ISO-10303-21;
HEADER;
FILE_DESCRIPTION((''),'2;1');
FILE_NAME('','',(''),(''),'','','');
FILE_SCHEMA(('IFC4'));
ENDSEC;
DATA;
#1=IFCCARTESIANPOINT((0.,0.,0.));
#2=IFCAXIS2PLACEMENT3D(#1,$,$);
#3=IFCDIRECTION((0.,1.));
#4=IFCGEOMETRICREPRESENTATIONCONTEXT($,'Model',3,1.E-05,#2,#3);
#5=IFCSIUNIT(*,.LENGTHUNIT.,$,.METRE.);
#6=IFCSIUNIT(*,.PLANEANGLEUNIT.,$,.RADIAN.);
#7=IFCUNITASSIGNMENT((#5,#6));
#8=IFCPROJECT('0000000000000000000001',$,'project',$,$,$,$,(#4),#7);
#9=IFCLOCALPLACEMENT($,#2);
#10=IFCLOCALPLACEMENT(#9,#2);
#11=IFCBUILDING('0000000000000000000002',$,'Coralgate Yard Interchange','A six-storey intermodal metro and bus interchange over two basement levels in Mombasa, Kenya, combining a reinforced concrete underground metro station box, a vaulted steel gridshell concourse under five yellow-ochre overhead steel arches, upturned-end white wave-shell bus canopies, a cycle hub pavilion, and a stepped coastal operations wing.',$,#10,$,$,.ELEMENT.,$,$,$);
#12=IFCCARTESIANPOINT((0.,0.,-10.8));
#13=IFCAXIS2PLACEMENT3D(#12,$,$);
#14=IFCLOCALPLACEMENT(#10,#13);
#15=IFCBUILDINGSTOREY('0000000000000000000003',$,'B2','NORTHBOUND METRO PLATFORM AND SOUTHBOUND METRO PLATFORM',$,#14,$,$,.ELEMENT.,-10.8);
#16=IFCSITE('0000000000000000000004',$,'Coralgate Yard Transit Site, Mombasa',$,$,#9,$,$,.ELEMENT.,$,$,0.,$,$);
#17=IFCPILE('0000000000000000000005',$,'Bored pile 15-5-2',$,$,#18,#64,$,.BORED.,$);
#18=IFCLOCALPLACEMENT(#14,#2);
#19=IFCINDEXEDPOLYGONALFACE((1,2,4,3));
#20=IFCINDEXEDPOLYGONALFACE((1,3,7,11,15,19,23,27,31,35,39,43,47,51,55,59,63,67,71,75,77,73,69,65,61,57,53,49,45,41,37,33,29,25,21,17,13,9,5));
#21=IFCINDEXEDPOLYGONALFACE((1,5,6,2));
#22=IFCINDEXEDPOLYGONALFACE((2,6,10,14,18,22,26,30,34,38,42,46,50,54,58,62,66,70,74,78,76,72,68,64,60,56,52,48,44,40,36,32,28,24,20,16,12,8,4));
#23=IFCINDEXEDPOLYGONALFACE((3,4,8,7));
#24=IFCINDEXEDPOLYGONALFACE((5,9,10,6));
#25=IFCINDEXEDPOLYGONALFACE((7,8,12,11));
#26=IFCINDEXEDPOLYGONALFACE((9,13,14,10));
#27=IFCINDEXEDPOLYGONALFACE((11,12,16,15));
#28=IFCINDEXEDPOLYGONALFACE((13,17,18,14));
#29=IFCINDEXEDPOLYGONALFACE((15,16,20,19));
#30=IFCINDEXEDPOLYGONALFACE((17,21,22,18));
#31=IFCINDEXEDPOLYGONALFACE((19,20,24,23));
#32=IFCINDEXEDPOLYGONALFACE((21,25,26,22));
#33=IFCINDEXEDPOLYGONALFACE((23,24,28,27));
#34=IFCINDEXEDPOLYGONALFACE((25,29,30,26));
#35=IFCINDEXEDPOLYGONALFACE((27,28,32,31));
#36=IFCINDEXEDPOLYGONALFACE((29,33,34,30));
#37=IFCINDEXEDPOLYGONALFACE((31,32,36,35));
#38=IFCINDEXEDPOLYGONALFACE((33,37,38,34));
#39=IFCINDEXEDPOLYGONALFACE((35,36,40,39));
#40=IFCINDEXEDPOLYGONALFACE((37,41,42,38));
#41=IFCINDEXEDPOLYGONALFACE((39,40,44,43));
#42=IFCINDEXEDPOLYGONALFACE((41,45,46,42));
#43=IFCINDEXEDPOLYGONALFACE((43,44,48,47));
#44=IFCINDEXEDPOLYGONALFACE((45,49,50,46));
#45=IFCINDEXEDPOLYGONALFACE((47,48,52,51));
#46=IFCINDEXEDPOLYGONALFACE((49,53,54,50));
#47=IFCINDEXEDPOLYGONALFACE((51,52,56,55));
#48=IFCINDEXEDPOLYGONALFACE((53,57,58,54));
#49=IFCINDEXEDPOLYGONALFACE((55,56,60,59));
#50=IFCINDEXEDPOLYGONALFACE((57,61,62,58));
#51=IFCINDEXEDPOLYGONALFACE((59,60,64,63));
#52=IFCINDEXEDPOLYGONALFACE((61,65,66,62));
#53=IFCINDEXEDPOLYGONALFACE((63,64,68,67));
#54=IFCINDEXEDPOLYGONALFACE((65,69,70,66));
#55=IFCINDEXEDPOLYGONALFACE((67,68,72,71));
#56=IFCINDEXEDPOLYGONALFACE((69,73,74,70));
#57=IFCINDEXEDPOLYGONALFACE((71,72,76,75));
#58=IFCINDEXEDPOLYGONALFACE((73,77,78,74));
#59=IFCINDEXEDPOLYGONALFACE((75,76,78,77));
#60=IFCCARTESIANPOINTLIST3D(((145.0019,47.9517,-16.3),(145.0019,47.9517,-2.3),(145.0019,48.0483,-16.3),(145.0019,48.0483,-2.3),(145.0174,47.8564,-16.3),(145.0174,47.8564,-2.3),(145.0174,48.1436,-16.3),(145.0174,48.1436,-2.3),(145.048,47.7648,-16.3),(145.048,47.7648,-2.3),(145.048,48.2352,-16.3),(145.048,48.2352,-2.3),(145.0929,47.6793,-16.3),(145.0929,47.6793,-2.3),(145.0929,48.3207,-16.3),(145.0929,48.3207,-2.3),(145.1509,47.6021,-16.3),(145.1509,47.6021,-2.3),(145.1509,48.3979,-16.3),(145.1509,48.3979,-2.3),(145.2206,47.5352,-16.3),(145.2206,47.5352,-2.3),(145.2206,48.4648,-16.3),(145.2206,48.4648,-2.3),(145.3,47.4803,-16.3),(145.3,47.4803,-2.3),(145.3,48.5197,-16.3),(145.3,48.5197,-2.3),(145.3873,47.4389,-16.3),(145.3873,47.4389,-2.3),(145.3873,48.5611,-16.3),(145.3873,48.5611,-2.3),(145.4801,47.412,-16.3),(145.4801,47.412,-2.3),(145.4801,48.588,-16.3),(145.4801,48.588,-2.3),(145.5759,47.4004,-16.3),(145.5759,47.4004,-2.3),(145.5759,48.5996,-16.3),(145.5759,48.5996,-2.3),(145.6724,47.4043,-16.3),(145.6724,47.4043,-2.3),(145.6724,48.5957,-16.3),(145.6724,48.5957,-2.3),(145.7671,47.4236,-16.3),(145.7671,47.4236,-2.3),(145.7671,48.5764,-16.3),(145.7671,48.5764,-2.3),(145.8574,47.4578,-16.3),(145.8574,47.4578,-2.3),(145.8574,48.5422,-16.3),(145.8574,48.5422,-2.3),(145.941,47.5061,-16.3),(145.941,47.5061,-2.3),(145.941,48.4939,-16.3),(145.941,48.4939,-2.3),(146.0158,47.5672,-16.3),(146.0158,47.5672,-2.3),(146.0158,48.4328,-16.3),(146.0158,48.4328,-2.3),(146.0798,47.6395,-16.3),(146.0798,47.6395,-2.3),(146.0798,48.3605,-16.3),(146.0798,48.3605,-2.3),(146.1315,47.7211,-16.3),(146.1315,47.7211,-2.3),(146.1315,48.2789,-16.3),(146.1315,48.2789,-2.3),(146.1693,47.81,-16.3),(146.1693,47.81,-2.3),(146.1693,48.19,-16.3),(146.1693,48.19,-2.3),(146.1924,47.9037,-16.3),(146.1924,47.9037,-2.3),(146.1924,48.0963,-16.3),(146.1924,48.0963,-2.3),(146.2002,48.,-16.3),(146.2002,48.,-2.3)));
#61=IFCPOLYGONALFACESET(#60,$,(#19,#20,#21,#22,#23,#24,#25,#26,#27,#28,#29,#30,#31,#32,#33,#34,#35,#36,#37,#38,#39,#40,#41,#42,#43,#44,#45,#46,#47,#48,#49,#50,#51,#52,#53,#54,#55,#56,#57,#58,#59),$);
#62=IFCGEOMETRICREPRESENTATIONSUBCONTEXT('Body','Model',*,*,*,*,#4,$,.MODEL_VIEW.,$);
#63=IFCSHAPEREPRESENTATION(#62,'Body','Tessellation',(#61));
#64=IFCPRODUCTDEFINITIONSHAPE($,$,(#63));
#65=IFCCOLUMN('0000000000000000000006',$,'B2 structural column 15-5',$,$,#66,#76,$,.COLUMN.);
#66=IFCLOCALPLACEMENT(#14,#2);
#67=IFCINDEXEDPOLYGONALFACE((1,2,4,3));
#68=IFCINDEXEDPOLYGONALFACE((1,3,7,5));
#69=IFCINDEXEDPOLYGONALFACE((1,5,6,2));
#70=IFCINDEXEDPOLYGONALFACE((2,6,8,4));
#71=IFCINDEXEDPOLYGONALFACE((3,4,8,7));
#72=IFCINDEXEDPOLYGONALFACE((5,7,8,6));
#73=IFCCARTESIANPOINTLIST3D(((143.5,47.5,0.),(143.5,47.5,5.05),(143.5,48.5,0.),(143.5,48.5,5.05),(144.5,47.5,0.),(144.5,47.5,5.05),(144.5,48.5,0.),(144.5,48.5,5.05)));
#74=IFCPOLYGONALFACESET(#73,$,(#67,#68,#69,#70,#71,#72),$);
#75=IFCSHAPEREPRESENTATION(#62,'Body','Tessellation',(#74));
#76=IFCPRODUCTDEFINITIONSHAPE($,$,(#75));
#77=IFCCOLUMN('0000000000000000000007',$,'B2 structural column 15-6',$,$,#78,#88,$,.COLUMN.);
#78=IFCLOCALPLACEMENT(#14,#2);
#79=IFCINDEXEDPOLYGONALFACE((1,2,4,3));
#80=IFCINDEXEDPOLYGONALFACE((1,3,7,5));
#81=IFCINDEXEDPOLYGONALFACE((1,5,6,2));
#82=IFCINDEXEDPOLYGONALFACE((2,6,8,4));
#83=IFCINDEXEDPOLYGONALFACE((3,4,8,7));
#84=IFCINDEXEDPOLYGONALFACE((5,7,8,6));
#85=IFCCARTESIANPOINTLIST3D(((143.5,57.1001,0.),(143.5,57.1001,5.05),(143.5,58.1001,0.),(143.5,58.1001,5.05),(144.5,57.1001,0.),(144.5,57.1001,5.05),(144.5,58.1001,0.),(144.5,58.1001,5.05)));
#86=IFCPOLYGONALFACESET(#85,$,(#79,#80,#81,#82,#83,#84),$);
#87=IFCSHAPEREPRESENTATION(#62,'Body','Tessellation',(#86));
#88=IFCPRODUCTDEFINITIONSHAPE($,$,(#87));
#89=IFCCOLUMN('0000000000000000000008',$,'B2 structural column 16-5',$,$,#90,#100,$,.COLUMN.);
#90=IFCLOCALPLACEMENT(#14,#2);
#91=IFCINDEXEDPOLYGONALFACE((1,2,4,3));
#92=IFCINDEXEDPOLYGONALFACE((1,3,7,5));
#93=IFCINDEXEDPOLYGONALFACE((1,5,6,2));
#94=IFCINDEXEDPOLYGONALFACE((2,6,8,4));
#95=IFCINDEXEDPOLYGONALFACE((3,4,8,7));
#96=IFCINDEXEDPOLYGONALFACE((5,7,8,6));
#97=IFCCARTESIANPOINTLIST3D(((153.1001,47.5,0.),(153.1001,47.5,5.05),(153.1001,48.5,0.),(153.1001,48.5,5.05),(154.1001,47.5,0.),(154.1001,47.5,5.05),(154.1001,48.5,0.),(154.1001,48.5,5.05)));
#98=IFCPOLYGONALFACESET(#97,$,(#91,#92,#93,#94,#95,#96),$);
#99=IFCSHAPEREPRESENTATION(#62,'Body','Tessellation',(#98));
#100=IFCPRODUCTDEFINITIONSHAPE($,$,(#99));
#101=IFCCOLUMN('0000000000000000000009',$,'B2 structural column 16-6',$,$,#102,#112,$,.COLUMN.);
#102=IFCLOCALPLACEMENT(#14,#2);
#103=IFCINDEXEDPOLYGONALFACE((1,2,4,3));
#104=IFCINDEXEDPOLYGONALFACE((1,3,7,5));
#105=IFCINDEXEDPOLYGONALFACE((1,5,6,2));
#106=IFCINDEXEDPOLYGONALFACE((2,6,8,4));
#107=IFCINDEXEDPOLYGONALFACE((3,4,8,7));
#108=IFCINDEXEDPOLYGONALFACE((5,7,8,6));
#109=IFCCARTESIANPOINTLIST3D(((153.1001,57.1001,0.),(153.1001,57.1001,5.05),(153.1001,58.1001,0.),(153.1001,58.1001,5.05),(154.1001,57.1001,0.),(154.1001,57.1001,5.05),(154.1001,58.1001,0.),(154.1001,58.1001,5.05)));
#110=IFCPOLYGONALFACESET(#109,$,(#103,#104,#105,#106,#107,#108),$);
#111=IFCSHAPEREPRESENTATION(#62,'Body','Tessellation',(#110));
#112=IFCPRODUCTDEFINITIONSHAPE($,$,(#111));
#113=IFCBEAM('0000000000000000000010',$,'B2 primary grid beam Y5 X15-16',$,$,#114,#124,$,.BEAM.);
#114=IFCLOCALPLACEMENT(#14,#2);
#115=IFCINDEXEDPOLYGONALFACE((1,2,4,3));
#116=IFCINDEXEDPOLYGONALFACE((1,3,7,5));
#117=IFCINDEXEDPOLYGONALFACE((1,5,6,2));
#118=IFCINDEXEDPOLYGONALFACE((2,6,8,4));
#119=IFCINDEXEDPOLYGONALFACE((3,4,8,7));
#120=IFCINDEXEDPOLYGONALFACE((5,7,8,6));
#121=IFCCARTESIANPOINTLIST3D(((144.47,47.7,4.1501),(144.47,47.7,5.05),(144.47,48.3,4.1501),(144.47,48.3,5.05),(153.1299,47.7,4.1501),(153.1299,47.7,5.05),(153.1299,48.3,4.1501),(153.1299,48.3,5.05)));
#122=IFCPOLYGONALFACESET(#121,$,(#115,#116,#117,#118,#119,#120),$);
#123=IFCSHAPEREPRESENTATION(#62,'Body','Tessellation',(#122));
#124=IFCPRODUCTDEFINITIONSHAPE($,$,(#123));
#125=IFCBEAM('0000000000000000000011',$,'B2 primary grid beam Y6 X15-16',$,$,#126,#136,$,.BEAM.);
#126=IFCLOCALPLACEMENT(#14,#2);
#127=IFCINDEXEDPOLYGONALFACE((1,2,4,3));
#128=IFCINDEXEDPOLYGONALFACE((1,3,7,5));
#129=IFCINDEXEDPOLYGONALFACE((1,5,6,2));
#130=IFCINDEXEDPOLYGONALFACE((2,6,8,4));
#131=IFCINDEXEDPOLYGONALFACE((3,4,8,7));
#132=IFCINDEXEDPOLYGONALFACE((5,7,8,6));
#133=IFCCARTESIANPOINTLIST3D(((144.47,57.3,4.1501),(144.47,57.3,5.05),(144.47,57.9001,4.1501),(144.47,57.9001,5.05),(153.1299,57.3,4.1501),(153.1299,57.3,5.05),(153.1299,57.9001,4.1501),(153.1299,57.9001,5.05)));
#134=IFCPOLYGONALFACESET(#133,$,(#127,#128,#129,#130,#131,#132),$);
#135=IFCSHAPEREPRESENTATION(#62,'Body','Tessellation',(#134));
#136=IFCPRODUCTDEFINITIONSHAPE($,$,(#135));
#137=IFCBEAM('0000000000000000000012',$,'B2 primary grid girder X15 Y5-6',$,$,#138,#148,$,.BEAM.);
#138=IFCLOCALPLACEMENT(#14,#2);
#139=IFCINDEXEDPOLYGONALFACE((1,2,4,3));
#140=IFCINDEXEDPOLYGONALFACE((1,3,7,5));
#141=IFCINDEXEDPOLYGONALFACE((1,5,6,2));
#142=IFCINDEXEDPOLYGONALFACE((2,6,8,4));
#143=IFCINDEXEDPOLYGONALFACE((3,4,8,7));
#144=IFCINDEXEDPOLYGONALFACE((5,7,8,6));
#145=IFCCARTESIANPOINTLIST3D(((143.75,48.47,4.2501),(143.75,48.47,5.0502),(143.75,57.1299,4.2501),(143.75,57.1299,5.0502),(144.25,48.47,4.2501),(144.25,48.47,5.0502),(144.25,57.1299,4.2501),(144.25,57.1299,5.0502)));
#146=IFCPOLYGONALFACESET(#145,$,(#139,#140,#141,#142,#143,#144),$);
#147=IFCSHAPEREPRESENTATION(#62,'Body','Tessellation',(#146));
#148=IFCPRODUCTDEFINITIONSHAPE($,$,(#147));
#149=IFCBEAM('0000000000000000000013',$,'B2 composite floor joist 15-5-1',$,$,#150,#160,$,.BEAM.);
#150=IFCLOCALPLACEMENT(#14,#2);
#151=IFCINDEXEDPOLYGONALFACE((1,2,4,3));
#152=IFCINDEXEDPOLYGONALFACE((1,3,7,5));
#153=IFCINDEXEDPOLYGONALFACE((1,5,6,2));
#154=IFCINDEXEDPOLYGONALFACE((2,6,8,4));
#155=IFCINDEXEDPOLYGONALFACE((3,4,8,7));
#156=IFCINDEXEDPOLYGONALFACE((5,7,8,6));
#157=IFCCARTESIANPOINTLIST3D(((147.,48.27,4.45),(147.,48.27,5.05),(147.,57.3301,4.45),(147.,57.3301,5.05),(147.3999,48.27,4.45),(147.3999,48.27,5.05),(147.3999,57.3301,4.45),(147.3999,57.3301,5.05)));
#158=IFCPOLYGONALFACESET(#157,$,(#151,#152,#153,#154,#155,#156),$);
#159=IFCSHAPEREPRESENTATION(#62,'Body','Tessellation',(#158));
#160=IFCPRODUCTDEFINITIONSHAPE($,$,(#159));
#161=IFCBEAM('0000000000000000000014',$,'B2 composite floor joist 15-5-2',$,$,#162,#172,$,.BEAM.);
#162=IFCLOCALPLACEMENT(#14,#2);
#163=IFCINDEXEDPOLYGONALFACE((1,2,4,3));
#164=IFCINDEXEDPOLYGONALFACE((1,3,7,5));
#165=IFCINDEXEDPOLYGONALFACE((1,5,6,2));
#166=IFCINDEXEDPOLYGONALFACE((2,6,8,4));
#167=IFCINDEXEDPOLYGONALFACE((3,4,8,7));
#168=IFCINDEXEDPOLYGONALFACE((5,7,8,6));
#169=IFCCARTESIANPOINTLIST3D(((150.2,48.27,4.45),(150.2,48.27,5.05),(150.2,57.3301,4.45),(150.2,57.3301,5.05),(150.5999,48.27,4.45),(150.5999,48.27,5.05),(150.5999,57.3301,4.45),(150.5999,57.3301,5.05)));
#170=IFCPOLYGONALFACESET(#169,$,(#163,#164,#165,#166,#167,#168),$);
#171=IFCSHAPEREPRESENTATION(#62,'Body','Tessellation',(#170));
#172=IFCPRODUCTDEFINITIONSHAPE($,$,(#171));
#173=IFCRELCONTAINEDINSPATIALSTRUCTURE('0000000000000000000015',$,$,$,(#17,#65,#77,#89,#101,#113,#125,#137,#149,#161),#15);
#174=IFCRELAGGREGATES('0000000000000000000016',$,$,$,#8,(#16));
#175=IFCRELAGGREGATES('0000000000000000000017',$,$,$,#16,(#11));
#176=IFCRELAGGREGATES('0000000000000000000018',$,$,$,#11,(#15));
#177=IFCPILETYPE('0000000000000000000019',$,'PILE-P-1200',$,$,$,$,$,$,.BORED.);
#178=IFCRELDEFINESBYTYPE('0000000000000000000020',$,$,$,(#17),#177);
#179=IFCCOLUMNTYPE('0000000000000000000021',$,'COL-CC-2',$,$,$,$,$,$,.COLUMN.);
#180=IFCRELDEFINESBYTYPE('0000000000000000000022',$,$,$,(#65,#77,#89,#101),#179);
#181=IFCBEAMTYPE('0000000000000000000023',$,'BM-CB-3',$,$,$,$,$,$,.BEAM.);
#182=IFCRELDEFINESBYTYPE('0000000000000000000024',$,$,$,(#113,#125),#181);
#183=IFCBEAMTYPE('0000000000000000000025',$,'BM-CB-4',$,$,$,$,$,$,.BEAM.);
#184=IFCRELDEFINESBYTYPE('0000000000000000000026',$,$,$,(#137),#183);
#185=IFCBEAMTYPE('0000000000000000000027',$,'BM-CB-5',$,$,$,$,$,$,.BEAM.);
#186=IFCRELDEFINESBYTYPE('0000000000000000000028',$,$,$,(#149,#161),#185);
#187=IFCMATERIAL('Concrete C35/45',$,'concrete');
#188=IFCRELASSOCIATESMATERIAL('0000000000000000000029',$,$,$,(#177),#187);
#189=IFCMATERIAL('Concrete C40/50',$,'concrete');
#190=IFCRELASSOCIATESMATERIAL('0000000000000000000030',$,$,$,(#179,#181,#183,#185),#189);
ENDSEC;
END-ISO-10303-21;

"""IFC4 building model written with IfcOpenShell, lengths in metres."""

from ifc_helpers import new_model, si_unit, direction, frame, origin, origin_2d, place, context, subcontext, project, spatial, rectangle, circle, extrude, material, material_profile, profile_set, type_object, element, save


model = new_model("IFC4")

# Units and contexts
model_context = context("Model", 3, precision=1e-05, world=origin(), true_north=direction((0.0, 1.0)))
body_context = subcontext(model_context, "Body", "Model", "MODEL_VIEW")
ifc_project = project(units=[si_unit("LENGTHUNIT", "METRE"), si_unit("PLANEANGLEUNIT", "RADIAN")], contexts=[model_context])

# Site, building, storey
site_placement = place(None, origin())
site = spatial("IfcSite", under=ifc_project, at=site_placement, Name="Coralgate Yard Transit Site, Mombasa", CompositionType="ELEMENT", RefElevation=0.0)
building_placement = place(site_placement, origin())
building = spatial("IfcBuilding", under=site, at=building_placement, Name="Coralgate Yard Interchange", Description="A six-storey intermodal metro and bus interchange over two basement levels in Mombasa, Kenya, combining a reinforced concrete underground metro station box, a vaulted steel gridshell concourse under five yellow-ochre overhead steel arches, upturned-end white wave-shell bus canopies, a cycle hub pavilion, and a stepped coastal operations wing.", CompositionType="ELEMENT")
storey_placement = place(building_placement, frame((0.0, 0.0, -10.8)))
storey = spatial("IfcBuildingStorey", under=building, at=storey_placement, Name="B2", Description="NORTHBOUND METRO PLATFORM AND SOUTHBOUND METRO PLATFORM", CompositionType="ELEMENT", Elevation=-10.8)

# Shared definitions
ifc_material_1 = material(Name="Concrete C40/50", Category="concrete")

# Pile
ifc_material_2 = material(Name="Concrete C35/45", Category="concrete")
ifc_material_profile_1 = material_profile(ifc_material_2, circle(Radius=0.6001, at=origin_2d()), Name="BORED PILE D1200")
ifc_profile_set_1 = profile_set([ifc_material_profile_1], Name="Concrete C35/45")
pile_type_1 = type_object("IfcPileType", Name="PILE-P-1200", PredefinedType="BORED", material=ifc_profile_set_1)
for number, where, z_axis, x_axis, name in (
    (1, (145.6001, 48.0, -2.3), (0.0, 0.0, -1.0), (1.0, 0.0, 0.0), "Bored pile 15-5-2"),
):
    element("IfcPile", number, at=place(storey_placement, frame(where, z_axis=z_axis, x_axis=x_axis)), inside=storey, type_object=pile_type_1, Name=name, PredefinedType="BORED", context=body_context, shape_type="SweptSolid", body=[
        extrude(circle(Radius=0.6001, at=origin_2d()), origin(), (0.0, 0.0, 1.0), 14.0),
    ])

# Columns
ifc_material_profile_2 = material_profile(ifc_material_1, rectangle(XDim=1.0, YDim=1.0, at=origin_2d()), Name="RC 1000x1000")
ifc_profile_set_2 = profile_set([ifc_material_profile_2], Name="Concrete C40/50")
column_type = type_object("IfcColumnType", Name="COL-CC-2", PredefinedType="COLUMN", material=ifc_profile_set_2)
for number, where, z_axis, x_axis, name in (
    (2, (144.0, 48.0, 0.0), (0.0, 0.0, 1.0), (1.0, 0.0, 0.0), "B2 structural column 15-5"),
    (3, (144.0, 57.6001, 0.0), (0.0, 0.0, 1.0), (1.0, 0.0, 0.0), "B2 structural column 15-6"),
    (4, (153.6001, 48.0, 0.0), (0.0, 0.0, 1.0), (1.0, 0.0, 0.0), "B2 structural column 16-5"),
    (5, (153.6001, 57.6001, 0.0), (0.0, 0.0, 1.0), (1.0, 0.0, 0.0), "B2 structural column 16-6"),
):
    element("IfcColumn", number, at=place(storey_placement, frame(where, z_axis=z_axis, x_axis=x_axis)), inside=storey, type_object=column_type, Name=name, PredefinedType="COLUMN", context=body_context, shape_type="SweptSolid", body=[
        extrude(rectangle(XDim=1.0, YDim=1.0, at=origin_2d()), origin(), (0.0, 0.0, 1.0), 5.05),
    ])

# Beams
ifc_material_profile_3 = material_profile(ifc_material_1, rectangle(XDim=0.6001, YDim=0.8999, at=origin_2d()), Name="RC 600x900")
ifc_profile_set_3 = profile_set([ifc_material_profile_3], Name="Concrete C40/50")
beam_type_1 = type_object("IfcBeamType", Name="BM-CB-3", PredefinedType="BEAM", material=ifc_profile_set_3)
for number, where, z_axis, x_axis, name in (
    (6, (144.47, 48.0, 4.6001), (1.0, 0.0, 0.0), (0.0, 1.0, 0.0), "B2 primary grid beam Y5 X15-16"),
    (7, (144.47, 57.6001, 4.6001), (1.0, 0.0, 0.0), (0.0, 1.0, 0.0), "B2 primary grid beam Y6 X15-16"),
):
    element("IfcBeam", number, at=place(storey_placement, frame(where, z_axis=z_axis, x_axis=x_axis)), inside=storey, type_object=beam_type_1, Name=name, PredefinedType="BEAM", context=body_context, shape_type="SweptSolid", body=[
        extrude(rectangle(XDim=0.6001, YDim=0.8999, at=origin_2d()), origin(), (0.0, 0.0, 1.0), 8.6599),
    ])
ifc_material_profile_4 = material_profile(ifc_material_1, rectangle(XDim=0.5, YDim=0.8, at=origin_2d()), Name="RC 500x800")
ifc_profile_set_4 = profile_set([ifc_material_profile_4], Name="Concrete C40/50")
beam_type_2 = type_object("IfcBeamType", Name="BM-CB-4", PredefinedType="BEAM", material=ifc_profile_set_4)
beam_placement = place(storey_placement, frame((144.0, 48.47, 4.6501), z_axis=(0.0, 1.0, 0.0), x_axis=(-1.0, 0.0, 0.0)))
element("IfcBeam", 8, at=beam_placement, inside=storey, type_object=beam_type_2, Name="B2 primary grid girder X15 Y5-6", PredefinedType="BEAM", context=body_context, shape_type="SweptSolid", body=[
    extrude(rectangle(XDim=0.5, YDim=0.8, at=origin_2d()), origin(), (0.0, 0.0, 1.0), 8.6599),
])
ifc_material_profile_5 = material_profile(ifc_material_1, rectangle(XDim=0.3999, YDim=0.6001, at=origin_2d()), Name="RC 400x600")
ifc_profile_set_5 = profile_set([ifc_material_profile_5], Name="Concrete C40/50")
beam_type_3 = type_object("IfcBeamType", Name="BM-CB-5", PredefinedType="BEAM", material=ifc_profile_set_5)
for number, where, z_axis, x_axis, name in (
    (9, (147.2, 48.27, 4.75), (0.0, 1.0, 0.0), (-1.0, 0.0, 0.0), "B2 composite floor joist 15-5-1"),
    (10, (150.3999, 48.27, 4.75), (0.0, 1.0, 0.0), (-1.0, 0.0, 0.0), "B2 composite floor joist 15-5-2"),
):
    element("IfcBeam", number, at=place(storey_placement, frame(where, z_axis=z_axis, x_axis=x_axis)), inside=storey, type_object=beam_type_3, Name=name, PredefinedType="BEAM", context=body_context, shape_type="SweptSolid", body=[
        extrude(rectangle(XDim=0.3999, YDim=0.6001, at=origin_2d()), origin(), (0.0, 0.0, 1.0), 9.0601),
    ])

save(model, "model.ifc")
